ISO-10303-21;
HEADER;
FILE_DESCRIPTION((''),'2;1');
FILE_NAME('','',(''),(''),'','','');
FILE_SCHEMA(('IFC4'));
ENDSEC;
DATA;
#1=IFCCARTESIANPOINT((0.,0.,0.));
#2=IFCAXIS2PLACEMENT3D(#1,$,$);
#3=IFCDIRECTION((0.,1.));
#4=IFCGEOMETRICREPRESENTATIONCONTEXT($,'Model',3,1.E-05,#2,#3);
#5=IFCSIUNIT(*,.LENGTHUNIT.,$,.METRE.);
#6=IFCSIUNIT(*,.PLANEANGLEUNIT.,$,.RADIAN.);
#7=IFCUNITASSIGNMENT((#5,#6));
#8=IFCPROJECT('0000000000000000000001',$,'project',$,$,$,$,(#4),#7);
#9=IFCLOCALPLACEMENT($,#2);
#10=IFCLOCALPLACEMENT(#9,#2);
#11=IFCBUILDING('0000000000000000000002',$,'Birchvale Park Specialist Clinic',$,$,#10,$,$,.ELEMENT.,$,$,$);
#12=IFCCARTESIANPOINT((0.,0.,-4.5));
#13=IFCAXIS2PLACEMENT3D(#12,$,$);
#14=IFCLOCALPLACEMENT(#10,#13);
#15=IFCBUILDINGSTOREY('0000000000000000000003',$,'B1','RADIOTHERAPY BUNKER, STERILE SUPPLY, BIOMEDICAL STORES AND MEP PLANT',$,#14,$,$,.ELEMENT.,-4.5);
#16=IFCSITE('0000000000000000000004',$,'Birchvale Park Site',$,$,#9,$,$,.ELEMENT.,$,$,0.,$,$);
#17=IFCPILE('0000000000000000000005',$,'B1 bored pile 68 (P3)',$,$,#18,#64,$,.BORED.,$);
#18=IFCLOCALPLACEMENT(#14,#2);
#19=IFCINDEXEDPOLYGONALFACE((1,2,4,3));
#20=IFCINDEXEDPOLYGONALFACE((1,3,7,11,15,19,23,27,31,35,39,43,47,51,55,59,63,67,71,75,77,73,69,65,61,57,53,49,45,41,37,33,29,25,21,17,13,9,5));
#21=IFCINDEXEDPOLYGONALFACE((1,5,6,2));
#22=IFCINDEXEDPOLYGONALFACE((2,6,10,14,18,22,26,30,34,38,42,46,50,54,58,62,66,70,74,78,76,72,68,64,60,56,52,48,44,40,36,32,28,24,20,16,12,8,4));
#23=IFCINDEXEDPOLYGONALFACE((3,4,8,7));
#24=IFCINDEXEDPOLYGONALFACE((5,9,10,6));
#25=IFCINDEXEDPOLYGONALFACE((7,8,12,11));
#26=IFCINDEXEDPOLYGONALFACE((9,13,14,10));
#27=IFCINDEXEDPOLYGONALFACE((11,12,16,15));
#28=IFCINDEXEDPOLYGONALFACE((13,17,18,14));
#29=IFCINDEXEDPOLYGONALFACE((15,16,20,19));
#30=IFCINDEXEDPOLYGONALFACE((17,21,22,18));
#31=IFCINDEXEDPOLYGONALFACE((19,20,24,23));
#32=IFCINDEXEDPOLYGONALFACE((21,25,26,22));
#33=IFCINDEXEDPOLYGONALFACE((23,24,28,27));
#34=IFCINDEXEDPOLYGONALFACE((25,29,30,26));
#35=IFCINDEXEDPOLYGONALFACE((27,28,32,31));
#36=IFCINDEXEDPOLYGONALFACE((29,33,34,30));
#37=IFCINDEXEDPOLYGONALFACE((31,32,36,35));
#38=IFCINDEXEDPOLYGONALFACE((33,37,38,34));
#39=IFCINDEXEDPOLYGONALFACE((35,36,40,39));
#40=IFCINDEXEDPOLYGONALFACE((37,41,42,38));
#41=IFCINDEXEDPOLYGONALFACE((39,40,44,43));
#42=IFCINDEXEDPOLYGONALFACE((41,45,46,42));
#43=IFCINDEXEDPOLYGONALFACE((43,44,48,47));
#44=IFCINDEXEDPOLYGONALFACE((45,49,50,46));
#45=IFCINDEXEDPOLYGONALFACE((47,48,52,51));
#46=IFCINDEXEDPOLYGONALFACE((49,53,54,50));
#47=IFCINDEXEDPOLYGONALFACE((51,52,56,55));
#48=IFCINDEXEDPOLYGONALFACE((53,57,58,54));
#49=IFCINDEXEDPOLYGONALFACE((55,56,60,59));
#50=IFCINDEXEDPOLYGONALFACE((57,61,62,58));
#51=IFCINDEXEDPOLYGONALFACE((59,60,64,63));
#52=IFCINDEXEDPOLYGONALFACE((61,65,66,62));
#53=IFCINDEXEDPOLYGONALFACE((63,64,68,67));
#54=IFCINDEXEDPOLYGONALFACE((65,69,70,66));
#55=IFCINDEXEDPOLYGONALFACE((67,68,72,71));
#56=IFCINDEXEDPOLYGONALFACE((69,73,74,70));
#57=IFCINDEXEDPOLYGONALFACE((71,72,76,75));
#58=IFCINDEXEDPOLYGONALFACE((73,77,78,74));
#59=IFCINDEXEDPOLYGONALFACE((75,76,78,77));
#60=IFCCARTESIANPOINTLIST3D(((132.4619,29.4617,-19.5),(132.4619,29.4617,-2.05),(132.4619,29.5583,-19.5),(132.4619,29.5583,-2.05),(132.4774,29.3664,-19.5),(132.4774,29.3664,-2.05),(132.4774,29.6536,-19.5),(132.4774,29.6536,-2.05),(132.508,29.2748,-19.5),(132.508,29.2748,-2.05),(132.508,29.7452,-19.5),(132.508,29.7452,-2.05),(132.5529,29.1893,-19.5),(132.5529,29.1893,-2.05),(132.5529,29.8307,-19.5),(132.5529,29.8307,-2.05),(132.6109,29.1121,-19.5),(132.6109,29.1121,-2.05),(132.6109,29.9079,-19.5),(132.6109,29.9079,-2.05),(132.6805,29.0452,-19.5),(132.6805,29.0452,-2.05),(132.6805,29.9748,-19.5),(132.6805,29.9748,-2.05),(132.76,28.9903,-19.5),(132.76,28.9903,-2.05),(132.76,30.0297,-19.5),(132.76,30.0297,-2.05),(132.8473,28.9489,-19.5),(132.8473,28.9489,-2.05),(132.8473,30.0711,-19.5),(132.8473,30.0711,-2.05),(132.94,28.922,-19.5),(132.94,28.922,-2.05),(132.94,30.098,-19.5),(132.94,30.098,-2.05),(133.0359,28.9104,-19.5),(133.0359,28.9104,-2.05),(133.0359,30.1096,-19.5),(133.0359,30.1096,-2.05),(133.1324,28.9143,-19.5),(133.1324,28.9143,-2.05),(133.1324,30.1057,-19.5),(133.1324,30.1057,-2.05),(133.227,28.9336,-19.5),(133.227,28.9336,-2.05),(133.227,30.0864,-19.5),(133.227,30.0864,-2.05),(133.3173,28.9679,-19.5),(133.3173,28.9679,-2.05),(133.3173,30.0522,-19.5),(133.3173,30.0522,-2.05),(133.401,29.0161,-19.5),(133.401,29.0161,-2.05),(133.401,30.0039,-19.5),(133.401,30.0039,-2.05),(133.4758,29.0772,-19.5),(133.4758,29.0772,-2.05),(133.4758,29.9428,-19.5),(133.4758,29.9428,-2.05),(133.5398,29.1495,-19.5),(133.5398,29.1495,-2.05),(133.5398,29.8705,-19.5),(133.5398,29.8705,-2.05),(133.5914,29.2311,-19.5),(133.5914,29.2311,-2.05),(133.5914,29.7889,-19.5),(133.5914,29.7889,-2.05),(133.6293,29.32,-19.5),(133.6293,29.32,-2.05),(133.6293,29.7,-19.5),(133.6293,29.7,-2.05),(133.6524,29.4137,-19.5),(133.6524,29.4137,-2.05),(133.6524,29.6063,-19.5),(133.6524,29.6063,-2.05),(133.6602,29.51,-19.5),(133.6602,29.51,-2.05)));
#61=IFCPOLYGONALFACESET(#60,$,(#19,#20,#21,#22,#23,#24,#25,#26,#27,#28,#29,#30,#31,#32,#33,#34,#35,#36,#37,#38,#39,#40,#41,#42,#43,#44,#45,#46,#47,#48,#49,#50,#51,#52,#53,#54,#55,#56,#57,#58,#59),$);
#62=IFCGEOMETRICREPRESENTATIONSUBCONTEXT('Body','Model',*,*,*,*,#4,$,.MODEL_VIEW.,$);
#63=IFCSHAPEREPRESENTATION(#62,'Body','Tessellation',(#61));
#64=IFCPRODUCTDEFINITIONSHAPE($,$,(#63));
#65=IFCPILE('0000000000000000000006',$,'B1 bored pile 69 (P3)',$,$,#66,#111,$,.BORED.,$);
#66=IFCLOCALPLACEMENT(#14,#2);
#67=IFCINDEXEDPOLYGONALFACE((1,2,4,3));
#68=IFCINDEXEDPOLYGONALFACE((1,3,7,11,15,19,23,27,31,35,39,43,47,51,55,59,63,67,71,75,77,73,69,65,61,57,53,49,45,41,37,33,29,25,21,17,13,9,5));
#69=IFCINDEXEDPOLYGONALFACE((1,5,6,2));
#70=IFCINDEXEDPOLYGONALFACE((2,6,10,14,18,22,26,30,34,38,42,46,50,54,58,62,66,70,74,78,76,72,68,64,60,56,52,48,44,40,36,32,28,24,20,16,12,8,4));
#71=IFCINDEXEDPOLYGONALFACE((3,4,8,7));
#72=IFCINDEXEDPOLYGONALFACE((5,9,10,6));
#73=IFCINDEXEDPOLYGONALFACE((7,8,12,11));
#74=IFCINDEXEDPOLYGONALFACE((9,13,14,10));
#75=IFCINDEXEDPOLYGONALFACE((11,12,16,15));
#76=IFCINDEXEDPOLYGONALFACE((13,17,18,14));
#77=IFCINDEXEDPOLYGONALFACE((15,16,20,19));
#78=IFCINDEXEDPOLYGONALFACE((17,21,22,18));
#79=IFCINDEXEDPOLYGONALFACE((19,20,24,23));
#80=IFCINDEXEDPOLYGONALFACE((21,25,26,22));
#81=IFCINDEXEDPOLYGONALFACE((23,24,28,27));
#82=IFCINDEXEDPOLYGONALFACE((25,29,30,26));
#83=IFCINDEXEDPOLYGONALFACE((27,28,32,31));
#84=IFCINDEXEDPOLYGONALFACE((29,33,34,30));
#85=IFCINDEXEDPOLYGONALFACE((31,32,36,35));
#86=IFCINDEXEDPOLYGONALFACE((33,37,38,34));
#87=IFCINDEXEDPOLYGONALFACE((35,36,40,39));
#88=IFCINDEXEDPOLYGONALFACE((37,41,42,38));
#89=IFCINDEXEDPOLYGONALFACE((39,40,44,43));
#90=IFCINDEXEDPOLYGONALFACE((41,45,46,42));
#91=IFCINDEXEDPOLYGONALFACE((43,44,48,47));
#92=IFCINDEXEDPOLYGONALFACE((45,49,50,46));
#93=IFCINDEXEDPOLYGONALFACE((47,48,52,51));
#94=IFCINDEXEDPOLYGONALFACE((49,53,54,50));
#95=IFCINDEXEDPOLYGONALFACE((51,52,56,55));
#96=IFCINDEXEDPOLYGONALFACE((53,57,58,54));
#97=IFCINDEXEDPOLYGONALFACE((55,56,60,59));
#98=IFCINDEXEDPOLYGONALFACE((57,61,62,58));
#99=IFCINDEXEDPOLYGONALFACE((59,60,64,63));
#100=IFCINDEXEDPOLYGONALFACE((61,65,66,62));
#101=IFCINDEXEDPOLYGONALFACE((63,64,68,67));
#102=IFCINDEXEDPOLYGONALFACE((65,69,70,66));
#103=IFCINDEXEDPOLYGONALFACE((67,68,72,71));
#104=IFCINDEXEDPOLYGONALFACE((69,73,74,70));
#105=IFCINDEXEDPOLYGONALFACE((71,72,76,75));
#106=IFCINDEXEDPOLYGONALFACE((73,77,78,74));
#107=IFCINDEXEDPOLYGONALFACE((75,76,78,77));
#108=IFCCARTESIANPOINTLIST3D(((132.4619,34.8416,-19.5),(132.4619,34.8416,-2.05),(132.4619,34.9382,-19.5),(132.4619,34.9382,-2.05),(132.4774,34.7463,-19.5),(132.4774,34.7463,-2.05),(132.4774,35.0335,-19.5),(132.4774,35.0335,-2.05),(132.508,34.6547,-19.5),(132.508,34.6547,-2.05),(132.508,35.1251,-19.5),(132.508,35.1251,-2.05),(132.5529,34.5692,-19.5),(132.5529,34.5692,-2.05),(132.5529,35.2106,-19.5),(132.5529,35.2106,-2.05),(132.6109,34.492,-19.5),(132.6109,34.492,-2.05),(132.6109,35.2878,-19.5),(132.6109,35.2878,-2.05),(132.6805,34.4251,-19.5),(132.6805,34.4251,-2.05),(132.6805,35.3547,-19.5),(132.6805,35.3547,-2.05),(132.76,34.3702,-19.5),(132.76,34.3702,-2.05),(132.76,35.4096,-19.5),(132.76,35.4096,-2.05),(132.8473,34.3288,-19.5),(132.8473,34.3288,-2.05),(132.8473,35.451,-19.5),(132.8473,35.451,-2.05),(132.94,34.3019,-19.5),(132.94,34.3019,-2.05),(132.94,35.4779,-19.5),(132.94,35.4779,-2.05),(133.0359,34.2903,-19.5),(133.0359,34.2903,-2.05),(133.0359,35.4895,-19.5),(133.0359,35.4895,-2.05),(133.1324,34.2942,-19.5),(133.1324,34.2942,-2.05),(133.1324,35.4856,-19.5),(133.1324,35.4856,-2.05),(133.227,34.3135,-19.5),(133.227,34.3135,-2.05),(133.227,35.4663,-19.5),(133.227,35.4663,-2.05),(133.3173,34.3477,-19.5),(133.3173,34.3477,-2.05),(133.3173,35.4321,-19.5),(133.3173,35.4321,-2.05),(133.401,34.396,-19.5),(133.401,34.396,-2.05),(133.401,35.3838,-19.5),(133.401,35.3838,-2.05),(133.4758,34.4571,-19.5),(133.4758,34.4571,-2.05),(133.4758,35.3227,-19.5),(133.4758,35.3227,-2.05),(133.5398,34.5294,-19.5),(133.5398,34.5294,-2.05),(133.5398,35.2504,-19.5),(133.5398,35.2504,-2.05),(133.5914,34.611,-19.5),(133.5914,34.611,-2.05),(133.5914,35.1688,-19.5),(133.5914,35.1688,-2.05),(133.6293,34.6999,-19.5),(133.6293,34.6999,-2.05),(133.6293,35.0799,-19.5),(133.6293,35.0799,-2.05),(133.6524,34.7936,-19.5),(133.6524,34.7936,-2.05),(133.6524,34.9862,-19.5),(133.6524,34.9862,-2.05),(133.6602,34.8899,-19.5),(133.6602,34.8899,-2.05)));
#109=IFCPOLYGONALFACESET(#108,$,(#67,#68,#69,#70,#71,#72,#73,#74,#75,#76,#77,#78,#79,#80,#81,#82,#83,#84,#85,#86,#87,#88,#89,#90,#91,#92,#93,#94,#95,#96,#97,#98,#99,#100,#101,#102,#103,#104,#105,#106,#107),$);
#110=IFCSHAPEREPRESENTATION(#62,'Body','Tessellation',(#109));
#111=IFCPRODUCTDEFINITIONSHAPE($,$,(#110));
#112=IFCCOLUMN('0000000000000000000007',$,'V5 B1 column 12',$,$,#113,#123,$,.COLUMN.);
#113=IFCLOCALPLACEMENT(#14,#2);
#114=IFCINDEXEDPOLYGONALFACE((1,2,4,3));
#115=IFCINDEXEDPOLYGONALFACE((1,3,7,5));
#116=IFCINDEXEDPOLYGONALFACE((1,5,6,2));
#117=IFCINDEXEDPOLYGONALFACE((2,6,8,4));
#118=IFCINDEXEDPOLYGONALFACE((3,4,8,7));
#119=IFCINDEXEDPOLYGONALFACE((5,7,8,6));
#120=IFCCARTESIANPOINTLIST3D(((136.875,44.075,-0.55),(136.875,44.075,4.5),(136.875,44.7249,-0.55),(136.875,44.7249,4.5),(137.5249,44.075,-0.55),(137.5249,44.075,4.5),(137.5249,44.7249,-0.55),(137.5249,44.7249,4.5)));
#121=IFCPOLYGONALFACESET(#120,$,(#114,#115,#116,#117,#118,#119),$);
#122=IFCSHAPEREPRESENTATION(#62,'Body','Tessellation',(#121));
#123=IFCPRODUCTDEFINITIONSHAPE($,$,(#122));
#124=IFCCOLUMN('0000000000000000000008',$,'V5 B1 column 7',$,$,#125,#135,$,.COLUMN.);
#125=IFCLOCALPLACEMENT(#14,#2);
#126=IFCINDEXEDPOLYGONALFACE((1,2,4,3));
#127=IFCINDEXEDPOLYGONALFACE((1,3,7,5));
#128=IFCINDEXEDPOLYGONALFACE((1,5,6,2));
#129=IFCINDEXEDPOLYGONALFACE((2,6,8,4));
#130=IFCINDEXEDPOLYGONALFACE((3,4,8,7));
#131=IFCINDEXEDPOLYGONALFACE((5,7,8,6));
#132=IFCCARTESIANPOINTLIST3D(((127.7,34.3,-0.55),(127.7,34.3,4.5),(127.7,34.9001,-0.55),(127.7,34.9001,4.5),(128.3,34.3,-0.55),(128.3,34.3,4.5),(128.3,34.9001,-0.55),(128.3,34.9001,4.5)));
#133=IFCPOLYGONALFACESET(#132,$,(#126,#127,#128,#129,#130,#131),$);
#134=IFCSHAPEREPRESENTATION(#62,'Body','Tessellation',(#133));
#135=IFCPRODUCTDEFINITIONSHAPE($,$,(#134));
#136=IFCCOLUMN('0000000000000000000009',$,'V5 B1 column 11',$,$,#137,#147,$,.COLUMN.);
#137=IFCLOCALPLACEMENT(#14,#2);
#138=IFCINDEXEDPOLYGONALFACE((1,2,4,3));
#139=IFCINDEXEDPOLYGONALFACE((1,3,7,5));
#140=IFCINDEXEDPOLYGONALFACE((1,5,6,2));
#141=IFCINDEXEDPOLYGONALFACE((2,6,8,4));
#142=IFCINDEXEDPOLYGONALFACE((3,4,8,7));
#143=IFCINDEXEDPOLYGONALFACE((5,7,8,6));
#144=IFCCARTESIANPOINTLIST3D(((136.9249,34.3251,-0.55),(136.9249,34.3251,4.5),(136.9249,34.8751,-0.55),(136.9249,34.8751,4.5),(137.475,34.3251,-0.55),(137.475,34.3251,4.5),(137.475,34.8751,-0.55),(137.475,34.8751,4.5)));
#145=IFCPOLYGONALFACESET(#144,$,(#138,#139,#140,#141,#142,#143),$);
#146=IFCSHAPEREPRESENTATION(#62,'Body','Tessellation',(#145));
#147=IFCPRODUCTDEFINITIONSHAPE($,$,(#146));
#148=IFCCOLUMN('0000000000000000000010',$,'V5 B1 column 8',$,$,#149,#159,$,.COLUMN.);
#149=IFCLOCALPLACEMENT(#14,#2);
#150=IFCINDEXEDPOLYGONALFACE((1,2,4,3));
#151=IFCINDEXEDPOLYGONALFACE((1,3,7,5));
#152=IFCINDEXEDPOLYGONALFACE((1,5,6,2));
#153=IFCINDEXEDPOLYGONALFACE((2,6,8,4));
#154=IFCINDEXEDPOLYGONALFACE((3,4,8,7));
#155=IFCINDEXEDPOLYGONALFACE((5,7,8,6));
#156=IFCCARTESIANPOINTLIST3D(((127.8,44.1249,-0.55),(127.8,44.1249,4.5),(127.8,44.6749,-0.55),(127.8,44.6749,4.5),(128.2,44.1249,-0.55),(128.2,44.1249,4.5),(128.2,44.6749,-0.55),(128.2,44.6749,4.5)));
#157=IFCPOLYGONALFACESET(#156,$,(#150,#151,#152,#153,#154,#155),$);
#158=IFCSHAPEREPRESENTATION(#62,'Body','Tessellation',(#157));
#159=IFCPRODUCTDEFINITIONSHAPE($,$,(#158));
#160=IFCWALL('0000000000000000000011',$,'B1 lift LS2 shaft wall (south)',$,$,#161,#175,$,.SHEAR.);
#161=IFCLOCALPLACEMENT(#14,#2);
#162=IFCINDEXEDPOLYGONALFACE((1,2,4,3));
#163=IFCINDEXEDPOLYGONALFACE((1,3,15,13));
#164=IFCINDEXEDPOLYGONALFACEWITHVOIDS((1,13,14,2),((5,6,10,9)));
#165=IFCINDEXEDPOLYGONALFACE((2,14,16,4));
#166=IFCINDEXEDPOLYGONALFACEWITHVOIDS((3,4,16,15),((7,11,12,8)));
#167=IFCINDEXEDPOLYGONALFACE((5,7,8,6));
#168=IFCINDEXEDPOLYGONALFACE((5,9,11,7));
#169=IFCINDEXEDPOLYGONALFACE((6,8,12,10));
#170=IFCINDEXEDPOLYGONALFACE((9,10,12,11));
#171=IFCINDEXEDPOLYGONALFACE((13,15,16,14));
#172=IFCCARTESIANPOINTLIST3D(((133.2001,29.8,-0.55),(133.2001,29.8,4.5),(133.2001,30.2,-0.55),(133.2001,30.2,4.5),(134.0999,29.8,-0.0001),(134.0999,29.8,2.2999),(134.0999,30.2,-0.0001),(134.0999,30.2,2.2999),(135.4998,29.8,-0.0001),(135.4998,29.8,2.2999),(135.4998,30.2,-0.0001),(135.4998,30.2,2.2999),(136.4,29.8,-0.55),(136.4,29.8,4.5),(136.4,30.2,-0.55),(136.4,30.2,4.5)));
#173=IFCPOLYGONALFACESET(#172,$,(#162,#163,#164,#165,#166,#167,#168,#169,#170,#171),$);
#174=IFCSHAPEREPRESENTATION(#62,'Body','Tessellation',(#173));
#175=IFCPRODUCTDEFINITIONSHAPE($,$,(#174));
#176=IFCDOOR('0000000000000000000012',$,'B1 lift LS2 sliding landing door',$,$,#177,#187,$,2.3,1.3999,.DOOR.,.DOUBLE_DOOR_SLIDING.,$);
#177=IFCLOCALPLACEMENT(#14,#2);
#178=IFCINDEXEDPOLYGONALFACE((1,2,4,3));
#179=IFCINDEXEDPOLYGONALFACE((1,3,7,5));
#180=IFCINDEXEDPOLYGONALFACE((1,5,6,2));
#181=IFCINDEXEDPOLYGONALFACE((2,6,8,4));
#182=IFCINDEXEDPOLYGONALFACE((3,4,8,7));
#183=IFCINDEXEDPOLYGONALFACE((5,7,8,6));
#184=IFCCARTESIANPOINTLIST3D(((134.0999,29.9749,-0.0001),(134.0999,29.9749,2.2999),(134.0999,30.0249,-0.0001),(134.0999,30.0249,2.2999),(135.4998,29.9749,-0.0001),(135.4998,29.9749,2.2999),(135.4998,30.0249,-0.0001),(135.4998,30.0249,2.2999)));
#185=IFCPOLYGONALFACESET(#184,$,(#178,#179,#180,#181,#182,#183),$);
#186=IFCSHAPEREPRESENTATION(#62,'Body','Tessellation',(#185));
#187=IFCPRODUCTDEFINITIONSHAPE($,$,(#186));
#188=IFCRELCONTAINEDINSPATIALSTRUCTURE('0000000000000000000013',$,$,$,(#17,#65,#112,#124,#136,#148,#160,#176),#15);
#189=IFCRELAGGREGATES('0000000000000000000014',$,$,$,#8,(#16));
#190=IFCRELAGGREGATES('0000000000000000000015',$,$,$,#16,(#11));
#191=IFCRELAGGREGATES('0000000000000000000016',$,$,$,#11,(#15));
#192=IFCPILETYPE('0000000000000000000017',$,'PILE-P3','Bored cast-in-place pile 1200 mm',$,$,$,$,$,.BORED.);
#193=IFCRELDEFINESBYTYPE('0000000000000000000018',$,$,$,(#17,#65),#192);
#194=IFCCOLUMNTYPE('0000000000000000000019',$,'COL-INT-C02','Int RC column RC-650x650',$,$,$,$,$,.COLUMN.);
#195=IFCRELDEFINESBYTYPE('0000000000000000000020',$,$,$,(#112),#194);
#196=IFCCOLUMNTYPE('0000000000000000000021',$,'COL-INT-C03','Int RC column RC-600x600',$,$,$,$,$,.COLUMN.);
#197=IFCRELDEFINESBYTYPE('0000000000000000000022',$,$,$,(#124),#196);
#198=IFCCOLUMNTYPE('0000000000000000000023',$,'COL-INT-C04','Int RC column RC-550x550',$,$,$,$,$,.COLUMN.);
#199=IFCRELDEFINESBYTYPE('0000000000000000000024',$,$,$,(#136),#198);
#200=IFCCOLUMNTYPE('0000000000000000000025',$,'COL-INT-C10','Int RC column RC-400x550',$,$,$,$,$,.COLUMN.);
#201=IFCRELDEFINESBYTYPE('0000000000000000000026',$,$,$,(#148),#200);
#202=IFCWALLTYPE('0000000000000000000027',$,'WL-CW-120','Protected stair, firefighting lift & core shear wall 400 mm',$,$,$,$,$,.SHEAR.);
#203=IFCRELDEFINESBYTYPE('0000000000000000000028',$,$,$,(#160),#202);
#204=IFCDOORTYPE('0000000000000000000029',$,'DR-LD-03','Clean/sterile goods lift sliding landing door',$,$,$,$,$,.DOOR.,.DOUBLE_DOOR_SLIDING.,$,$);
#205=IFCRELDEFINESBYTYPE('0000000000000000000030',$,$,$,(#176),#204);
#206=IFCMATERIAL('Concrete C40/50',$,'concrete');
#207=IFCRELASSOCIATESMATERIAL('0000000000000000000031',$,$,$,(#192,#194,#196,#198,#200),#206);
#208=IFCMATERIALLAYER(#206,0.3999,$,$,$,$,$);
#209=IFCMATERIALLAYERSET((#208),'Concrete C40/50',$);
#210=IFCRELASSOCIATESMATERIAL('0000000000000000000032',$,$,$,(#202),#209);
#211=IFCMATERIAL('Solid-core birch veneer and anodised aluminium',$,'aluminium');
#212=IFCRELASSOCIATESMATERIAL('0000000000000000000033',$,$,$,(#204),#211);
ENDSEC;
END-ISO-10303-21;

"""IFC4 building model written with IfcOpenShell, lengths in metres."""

from ifc_helpers import new_model, si_unit, direction, frame, frame_2d, origin, origin_2d, place, context, subcontext, project, spatial, rectangle, circle, extrude, material, layer, layer_set, material_profile, profile_set, type_object, element, fill, save


model = new_model("IFC4")

# Units and contexts
model_context = context("Model", 3, precision=1e-05, world=origin(), true_north=direction((0.0, 1.0)))
body_context = subcontext(model_context, "Body", "Model", "MODEL_VIEW")
ifc_project = project(units=[si_unit("LENGTHUNIT", "METRE"), si_unit("PLANEANGLEUNIT", "RADIAN")], contexts=[model_context])

# Site, building, storey
site_placement = place(None, origin())
site = spatial("IfcSite", under=ifc_project, at=site_placement, Name="Birchvale Park Site", CompositionType="ELEMENT", RefElevation=0.0)
building_placement = place(site_placement, origin())
building = spatial("IfcBuilding", under=site, at=building_placement, Name="Birchvale Park Specialist Clinic", CompositionType="ELEMENT")
storey_placement = place(building_placement, frame((0.0, 0.0, -4.5)))
storey = spatial("IfcBuildingStorey", under=building, at=storey_placement, Name="B1", Description="RADIOTHERAPY BUNKER, STERILE SUPPLY, BIOMEDICAL STORES AND MEP PLANT", CompositionType="ELEMENT", Elevation=-4.5)

# Shared definitions
ifc_material_1 = material(Name="Concrete C40/50", Category="concrete")

# Piles
ifc_material_profile_1 = material_profile(ifc_material_1, circle(Radius=0.6001, at=origin_2d()), Name="PILE-1200")
ifc_profile_set_1 = profile_set([ifc_material_profile_1], Name="Concrete C40/50")
pile_type_1 = type_object("IfcPileType", Name="PILE-P3", Description="Bored cast-in-place pile 1200 mm", PredefinedType="BORED", material=ifc_profile_set_1)
for number, where, z_axis, x_axis, name in (
    (1, (133.0601, 29.51, -2.05), (0.0, 0.0, -1.0), (1.0, 0.0, 0.0), "B1 bored pile 68 (P3)"),
    (2, (133.0601, 34.8899, -2.05), (0.0, 0.0, -1.0), (1.0, 0.0, 0.0), "B1 bored pile 69 (P3)"),
):
    element("IfcPile", number, at=place(storey_placement, frame(where, z_axis=z_axis, x_axis=x_axis)), inside=storey, type_object=pile_type_1, Name=name, PredefinedType="BORED", context=body_context, shape_type="SweptSolid", body=[
        extrude(circle(Radius=0.6001, at=origin_2d()), origin(), (0.0, 0.0, 1.0), 17.45),
    ])

# Columns
ifc_material_profile_2 = material_profile(ifc_material_1, rectangle(XDim=0.6499, YDim=0.6499, at=origin_2d()), Name="RC-650x650")
ifc_profile_set_2 = profile_set([ifc_material_profile_2], Name="Concrete C40/50")
column_type_1 = type_object("IfcColumnType", Name="COL-INT-C02", Description="Int RC column RC-650x650", PredefinedType="COLUMN", material=ifc_profile_set_2)
column_1_placement = place(storey_placement, frame((137.2, 44.3999, -0.55), z_axis=(0.0, 0.0, 1.0), x_axis=(1.0, 0.0, 0.0)))
element("IfcColumn", 3, at=column_1_placement, inside=storey, type_object=column_type_1, Name="V5 B1 column 12", PredefinedType="COLUMN", context=body_context, shape_type="SweptSolid", body=[
    extrude(rectangle(XDim=0.6499, YDim=0.6499, at=origin_2d()), origin(), (0.0, 0.0, 1.0), 5.05),
])
ifc_material_profile_3 = material_profile(ifc_material_1, rectangle(XDim=0.6001, YDim=0.6001, at=origin_2d()), Name="RC-600x600")
ifc_profile_set_3 = profile_set([ifc_material_profile_3], Name="Concrete C40/50")
column_type_2 = type_object("IfcColumnType", Name="COL-INT-C03", Description="Int RC column RC-600x600", PredefinedType="COLUMN", material=ifc_profile_set_3)
column_2_placement = place(storey_placement, frame((128.0, 34.6001, -0.55), z_axis=(0.0, 0.0, 1.0), x_axis=(1.0, 0.0, 0.0)))
element("IfcColumn", 4, at=column_2_placement, inside=storey, type_object=column_type_2, Name="V5 B1 column 7", PredefinedType="COLUMN", context=body_context, shape_type="SweptSolid", body=[
    extrude(rectangle(XDim=0.6001, YDim=0.6001, at=origin_2d()), origin(), (0.0, 0.0, 1.0), 5.05),
])
ifc_material_profile_4 = material_profile(ifc_material_1, rectangle(XDim=0.55, YDim=0.55, at=origin_2d()), Name="RC-550x550")
ifc_profile_set_4 = profile_set([ifc_material_profile_4], Name="Concrete C40/50")
column_type_3 = type_object("IfcColumnType", Name="COL-INT-C04", Description="Int RC column RC-550x550", PredefinedType="COLUMN", material=ifc_profile_set_4)
column_3_placement = place(storey_placement, frame((137.2, 34.6001, -0.55), z_axis=(0.0, 0.0, 1.0), x_axis=(1.0, 0.0, 0.0)))
element("IfcColumn", 5, at=column_3_placement, inside=storey, type_object=column_type_3, Name="V5 B1 column 11", PredefinedType="COLUMN", context=body_context, shape_type="SweptSolid", body=[
    extrude(rectangle(XDim=0.55, YDim=0.55, at=origin_2d()), origin(), (0.0, 0.0, 1.0), 5.05),
])
ifc_material_profile_5 = material_profile(ifc_material_1, rectangle(XDim=0.3999, YDim=0.55, at=origin_2d()), Name="RC-400x550")
ifc_profile_set_5 = profile_set([ifc_material_profile_5], Name="Concrete C40/50")
column_type_4 = type_object("IfcColumnType", Name="COL-INT-C10", Description="Int RC column RC-400x550", PredefinedType="COLUMN", material=ifc_profile_set_5)
column_4_placement = place(storey_placement, frame((128.0, 44.3999, -0.55), z_axis=(0.0, 0.0, 1.0), x_axis=(1.0, 0.0, 0.0)))
element("IfcColumn", 6, at=column_4_placement, inside=storey, type_object=column_type_4, Name="V5 B1 column 8", PredefinedType="COLUMN", context=body_context, shape_type="SweptSolid", body=[
    extrude(rectangle(XDim=0.3999, YDim=0.55, at=origin_2d()), origin(), (0.0, 0.0, 1.0), 5.05),
])

# Wall, opening, door
ifc_layer_1 = layer(ifc_material_1, 0.3999)
ifc_layer_set_1 = layer_set([ifc_layer_1], Name="Concrete C40/50")
wall_type_1 = type_object("IfcWallType", Name="WL-CW-120", Description="Protected stair, firefighting lift & core shear wall 400 mm", PredefinedType="SHEAR", material=ifc_layer_set_1)
wall_1_placement = place(storey_placement, frame((133.2, 30.0, -0.55), z_axis=(0.0, 0.0, 1.0), x_axis=(1.0, 0.0, 0.0)))
wall_1 = element("IfcWall", 7, at=wall_1_placement, inside=storey, type_object=wall_type_1, Name="B1 lift LS2 shaft wall (south)", PredefinedType="SHEAR", context=body_context, shape_type="SweptSolid", body=[
    extrude(rectangle(XDim=3.2, YDim=0.3999, at=frame_2d((1.6001, 0.0))), origin(), (0.0, 0.0, 1.0), 5.05),
])
opening_1_placement = place(wall_1_placement, frame((0.8999, 0.0, 0.55)))
opening_1 = element("IfcOpeningElement", 8, at=opening_1_placement, cuts=wall_1, PredefinedType="OPENING", context=body_context, shape_type="SweptSolid", body=[
    extrude(rectangle(XDim=1.3999, YDim=2.3, at=frame_2d((0.7, 1.1499))), frame((0.0, 0.21, 0.0), z_axis=(0.0, -1.0, 0.0), x_axis=(1.0, 0.0, 0.0)), (0.0, 0.0, 1.0), 0.4199),
])
ifc_material_2 = material(Name="Solid-core birch veneer and anodised aluminium", Category="aluminium")
door_type_1 = type_object("IfcDoorType", Name="DR-LD-03", Description="Clean/sterile goods lift sliding landing door", OperationType="DOUBLE_DOOR_SLIDING", PredefinedType="DOOR", material=ifc_material_2)
door_1_placement = place(opening_1_placement, origin())
door_1 = element("IfcDoor", 9, at=door_1_placement, inside=storey, type_object=door_type_1, Name="B1 lift LS2 sliding landing door", OperationType="DOUBLE_DOOR_SLIDING", OverallHeight=2.3, OverallWidth=1.3999, PredefinedType="DOOR", context=body_context, shape_type="SweptSolid", body=[
    extrude(rectangle(XDim=1.3999, YDim=2.3, at=frame_2d((0.7, 1.1499))), frame((0.0, 0.0249, 0.0), z_axis=(0.0, -1.0, 0.0), x_axis=(1.0, 0.0, 0.0)), (0.0, 0.0, 1.0), 0.05),
])
fill(opening_1, door_1)

save(model, "model.ifc")
